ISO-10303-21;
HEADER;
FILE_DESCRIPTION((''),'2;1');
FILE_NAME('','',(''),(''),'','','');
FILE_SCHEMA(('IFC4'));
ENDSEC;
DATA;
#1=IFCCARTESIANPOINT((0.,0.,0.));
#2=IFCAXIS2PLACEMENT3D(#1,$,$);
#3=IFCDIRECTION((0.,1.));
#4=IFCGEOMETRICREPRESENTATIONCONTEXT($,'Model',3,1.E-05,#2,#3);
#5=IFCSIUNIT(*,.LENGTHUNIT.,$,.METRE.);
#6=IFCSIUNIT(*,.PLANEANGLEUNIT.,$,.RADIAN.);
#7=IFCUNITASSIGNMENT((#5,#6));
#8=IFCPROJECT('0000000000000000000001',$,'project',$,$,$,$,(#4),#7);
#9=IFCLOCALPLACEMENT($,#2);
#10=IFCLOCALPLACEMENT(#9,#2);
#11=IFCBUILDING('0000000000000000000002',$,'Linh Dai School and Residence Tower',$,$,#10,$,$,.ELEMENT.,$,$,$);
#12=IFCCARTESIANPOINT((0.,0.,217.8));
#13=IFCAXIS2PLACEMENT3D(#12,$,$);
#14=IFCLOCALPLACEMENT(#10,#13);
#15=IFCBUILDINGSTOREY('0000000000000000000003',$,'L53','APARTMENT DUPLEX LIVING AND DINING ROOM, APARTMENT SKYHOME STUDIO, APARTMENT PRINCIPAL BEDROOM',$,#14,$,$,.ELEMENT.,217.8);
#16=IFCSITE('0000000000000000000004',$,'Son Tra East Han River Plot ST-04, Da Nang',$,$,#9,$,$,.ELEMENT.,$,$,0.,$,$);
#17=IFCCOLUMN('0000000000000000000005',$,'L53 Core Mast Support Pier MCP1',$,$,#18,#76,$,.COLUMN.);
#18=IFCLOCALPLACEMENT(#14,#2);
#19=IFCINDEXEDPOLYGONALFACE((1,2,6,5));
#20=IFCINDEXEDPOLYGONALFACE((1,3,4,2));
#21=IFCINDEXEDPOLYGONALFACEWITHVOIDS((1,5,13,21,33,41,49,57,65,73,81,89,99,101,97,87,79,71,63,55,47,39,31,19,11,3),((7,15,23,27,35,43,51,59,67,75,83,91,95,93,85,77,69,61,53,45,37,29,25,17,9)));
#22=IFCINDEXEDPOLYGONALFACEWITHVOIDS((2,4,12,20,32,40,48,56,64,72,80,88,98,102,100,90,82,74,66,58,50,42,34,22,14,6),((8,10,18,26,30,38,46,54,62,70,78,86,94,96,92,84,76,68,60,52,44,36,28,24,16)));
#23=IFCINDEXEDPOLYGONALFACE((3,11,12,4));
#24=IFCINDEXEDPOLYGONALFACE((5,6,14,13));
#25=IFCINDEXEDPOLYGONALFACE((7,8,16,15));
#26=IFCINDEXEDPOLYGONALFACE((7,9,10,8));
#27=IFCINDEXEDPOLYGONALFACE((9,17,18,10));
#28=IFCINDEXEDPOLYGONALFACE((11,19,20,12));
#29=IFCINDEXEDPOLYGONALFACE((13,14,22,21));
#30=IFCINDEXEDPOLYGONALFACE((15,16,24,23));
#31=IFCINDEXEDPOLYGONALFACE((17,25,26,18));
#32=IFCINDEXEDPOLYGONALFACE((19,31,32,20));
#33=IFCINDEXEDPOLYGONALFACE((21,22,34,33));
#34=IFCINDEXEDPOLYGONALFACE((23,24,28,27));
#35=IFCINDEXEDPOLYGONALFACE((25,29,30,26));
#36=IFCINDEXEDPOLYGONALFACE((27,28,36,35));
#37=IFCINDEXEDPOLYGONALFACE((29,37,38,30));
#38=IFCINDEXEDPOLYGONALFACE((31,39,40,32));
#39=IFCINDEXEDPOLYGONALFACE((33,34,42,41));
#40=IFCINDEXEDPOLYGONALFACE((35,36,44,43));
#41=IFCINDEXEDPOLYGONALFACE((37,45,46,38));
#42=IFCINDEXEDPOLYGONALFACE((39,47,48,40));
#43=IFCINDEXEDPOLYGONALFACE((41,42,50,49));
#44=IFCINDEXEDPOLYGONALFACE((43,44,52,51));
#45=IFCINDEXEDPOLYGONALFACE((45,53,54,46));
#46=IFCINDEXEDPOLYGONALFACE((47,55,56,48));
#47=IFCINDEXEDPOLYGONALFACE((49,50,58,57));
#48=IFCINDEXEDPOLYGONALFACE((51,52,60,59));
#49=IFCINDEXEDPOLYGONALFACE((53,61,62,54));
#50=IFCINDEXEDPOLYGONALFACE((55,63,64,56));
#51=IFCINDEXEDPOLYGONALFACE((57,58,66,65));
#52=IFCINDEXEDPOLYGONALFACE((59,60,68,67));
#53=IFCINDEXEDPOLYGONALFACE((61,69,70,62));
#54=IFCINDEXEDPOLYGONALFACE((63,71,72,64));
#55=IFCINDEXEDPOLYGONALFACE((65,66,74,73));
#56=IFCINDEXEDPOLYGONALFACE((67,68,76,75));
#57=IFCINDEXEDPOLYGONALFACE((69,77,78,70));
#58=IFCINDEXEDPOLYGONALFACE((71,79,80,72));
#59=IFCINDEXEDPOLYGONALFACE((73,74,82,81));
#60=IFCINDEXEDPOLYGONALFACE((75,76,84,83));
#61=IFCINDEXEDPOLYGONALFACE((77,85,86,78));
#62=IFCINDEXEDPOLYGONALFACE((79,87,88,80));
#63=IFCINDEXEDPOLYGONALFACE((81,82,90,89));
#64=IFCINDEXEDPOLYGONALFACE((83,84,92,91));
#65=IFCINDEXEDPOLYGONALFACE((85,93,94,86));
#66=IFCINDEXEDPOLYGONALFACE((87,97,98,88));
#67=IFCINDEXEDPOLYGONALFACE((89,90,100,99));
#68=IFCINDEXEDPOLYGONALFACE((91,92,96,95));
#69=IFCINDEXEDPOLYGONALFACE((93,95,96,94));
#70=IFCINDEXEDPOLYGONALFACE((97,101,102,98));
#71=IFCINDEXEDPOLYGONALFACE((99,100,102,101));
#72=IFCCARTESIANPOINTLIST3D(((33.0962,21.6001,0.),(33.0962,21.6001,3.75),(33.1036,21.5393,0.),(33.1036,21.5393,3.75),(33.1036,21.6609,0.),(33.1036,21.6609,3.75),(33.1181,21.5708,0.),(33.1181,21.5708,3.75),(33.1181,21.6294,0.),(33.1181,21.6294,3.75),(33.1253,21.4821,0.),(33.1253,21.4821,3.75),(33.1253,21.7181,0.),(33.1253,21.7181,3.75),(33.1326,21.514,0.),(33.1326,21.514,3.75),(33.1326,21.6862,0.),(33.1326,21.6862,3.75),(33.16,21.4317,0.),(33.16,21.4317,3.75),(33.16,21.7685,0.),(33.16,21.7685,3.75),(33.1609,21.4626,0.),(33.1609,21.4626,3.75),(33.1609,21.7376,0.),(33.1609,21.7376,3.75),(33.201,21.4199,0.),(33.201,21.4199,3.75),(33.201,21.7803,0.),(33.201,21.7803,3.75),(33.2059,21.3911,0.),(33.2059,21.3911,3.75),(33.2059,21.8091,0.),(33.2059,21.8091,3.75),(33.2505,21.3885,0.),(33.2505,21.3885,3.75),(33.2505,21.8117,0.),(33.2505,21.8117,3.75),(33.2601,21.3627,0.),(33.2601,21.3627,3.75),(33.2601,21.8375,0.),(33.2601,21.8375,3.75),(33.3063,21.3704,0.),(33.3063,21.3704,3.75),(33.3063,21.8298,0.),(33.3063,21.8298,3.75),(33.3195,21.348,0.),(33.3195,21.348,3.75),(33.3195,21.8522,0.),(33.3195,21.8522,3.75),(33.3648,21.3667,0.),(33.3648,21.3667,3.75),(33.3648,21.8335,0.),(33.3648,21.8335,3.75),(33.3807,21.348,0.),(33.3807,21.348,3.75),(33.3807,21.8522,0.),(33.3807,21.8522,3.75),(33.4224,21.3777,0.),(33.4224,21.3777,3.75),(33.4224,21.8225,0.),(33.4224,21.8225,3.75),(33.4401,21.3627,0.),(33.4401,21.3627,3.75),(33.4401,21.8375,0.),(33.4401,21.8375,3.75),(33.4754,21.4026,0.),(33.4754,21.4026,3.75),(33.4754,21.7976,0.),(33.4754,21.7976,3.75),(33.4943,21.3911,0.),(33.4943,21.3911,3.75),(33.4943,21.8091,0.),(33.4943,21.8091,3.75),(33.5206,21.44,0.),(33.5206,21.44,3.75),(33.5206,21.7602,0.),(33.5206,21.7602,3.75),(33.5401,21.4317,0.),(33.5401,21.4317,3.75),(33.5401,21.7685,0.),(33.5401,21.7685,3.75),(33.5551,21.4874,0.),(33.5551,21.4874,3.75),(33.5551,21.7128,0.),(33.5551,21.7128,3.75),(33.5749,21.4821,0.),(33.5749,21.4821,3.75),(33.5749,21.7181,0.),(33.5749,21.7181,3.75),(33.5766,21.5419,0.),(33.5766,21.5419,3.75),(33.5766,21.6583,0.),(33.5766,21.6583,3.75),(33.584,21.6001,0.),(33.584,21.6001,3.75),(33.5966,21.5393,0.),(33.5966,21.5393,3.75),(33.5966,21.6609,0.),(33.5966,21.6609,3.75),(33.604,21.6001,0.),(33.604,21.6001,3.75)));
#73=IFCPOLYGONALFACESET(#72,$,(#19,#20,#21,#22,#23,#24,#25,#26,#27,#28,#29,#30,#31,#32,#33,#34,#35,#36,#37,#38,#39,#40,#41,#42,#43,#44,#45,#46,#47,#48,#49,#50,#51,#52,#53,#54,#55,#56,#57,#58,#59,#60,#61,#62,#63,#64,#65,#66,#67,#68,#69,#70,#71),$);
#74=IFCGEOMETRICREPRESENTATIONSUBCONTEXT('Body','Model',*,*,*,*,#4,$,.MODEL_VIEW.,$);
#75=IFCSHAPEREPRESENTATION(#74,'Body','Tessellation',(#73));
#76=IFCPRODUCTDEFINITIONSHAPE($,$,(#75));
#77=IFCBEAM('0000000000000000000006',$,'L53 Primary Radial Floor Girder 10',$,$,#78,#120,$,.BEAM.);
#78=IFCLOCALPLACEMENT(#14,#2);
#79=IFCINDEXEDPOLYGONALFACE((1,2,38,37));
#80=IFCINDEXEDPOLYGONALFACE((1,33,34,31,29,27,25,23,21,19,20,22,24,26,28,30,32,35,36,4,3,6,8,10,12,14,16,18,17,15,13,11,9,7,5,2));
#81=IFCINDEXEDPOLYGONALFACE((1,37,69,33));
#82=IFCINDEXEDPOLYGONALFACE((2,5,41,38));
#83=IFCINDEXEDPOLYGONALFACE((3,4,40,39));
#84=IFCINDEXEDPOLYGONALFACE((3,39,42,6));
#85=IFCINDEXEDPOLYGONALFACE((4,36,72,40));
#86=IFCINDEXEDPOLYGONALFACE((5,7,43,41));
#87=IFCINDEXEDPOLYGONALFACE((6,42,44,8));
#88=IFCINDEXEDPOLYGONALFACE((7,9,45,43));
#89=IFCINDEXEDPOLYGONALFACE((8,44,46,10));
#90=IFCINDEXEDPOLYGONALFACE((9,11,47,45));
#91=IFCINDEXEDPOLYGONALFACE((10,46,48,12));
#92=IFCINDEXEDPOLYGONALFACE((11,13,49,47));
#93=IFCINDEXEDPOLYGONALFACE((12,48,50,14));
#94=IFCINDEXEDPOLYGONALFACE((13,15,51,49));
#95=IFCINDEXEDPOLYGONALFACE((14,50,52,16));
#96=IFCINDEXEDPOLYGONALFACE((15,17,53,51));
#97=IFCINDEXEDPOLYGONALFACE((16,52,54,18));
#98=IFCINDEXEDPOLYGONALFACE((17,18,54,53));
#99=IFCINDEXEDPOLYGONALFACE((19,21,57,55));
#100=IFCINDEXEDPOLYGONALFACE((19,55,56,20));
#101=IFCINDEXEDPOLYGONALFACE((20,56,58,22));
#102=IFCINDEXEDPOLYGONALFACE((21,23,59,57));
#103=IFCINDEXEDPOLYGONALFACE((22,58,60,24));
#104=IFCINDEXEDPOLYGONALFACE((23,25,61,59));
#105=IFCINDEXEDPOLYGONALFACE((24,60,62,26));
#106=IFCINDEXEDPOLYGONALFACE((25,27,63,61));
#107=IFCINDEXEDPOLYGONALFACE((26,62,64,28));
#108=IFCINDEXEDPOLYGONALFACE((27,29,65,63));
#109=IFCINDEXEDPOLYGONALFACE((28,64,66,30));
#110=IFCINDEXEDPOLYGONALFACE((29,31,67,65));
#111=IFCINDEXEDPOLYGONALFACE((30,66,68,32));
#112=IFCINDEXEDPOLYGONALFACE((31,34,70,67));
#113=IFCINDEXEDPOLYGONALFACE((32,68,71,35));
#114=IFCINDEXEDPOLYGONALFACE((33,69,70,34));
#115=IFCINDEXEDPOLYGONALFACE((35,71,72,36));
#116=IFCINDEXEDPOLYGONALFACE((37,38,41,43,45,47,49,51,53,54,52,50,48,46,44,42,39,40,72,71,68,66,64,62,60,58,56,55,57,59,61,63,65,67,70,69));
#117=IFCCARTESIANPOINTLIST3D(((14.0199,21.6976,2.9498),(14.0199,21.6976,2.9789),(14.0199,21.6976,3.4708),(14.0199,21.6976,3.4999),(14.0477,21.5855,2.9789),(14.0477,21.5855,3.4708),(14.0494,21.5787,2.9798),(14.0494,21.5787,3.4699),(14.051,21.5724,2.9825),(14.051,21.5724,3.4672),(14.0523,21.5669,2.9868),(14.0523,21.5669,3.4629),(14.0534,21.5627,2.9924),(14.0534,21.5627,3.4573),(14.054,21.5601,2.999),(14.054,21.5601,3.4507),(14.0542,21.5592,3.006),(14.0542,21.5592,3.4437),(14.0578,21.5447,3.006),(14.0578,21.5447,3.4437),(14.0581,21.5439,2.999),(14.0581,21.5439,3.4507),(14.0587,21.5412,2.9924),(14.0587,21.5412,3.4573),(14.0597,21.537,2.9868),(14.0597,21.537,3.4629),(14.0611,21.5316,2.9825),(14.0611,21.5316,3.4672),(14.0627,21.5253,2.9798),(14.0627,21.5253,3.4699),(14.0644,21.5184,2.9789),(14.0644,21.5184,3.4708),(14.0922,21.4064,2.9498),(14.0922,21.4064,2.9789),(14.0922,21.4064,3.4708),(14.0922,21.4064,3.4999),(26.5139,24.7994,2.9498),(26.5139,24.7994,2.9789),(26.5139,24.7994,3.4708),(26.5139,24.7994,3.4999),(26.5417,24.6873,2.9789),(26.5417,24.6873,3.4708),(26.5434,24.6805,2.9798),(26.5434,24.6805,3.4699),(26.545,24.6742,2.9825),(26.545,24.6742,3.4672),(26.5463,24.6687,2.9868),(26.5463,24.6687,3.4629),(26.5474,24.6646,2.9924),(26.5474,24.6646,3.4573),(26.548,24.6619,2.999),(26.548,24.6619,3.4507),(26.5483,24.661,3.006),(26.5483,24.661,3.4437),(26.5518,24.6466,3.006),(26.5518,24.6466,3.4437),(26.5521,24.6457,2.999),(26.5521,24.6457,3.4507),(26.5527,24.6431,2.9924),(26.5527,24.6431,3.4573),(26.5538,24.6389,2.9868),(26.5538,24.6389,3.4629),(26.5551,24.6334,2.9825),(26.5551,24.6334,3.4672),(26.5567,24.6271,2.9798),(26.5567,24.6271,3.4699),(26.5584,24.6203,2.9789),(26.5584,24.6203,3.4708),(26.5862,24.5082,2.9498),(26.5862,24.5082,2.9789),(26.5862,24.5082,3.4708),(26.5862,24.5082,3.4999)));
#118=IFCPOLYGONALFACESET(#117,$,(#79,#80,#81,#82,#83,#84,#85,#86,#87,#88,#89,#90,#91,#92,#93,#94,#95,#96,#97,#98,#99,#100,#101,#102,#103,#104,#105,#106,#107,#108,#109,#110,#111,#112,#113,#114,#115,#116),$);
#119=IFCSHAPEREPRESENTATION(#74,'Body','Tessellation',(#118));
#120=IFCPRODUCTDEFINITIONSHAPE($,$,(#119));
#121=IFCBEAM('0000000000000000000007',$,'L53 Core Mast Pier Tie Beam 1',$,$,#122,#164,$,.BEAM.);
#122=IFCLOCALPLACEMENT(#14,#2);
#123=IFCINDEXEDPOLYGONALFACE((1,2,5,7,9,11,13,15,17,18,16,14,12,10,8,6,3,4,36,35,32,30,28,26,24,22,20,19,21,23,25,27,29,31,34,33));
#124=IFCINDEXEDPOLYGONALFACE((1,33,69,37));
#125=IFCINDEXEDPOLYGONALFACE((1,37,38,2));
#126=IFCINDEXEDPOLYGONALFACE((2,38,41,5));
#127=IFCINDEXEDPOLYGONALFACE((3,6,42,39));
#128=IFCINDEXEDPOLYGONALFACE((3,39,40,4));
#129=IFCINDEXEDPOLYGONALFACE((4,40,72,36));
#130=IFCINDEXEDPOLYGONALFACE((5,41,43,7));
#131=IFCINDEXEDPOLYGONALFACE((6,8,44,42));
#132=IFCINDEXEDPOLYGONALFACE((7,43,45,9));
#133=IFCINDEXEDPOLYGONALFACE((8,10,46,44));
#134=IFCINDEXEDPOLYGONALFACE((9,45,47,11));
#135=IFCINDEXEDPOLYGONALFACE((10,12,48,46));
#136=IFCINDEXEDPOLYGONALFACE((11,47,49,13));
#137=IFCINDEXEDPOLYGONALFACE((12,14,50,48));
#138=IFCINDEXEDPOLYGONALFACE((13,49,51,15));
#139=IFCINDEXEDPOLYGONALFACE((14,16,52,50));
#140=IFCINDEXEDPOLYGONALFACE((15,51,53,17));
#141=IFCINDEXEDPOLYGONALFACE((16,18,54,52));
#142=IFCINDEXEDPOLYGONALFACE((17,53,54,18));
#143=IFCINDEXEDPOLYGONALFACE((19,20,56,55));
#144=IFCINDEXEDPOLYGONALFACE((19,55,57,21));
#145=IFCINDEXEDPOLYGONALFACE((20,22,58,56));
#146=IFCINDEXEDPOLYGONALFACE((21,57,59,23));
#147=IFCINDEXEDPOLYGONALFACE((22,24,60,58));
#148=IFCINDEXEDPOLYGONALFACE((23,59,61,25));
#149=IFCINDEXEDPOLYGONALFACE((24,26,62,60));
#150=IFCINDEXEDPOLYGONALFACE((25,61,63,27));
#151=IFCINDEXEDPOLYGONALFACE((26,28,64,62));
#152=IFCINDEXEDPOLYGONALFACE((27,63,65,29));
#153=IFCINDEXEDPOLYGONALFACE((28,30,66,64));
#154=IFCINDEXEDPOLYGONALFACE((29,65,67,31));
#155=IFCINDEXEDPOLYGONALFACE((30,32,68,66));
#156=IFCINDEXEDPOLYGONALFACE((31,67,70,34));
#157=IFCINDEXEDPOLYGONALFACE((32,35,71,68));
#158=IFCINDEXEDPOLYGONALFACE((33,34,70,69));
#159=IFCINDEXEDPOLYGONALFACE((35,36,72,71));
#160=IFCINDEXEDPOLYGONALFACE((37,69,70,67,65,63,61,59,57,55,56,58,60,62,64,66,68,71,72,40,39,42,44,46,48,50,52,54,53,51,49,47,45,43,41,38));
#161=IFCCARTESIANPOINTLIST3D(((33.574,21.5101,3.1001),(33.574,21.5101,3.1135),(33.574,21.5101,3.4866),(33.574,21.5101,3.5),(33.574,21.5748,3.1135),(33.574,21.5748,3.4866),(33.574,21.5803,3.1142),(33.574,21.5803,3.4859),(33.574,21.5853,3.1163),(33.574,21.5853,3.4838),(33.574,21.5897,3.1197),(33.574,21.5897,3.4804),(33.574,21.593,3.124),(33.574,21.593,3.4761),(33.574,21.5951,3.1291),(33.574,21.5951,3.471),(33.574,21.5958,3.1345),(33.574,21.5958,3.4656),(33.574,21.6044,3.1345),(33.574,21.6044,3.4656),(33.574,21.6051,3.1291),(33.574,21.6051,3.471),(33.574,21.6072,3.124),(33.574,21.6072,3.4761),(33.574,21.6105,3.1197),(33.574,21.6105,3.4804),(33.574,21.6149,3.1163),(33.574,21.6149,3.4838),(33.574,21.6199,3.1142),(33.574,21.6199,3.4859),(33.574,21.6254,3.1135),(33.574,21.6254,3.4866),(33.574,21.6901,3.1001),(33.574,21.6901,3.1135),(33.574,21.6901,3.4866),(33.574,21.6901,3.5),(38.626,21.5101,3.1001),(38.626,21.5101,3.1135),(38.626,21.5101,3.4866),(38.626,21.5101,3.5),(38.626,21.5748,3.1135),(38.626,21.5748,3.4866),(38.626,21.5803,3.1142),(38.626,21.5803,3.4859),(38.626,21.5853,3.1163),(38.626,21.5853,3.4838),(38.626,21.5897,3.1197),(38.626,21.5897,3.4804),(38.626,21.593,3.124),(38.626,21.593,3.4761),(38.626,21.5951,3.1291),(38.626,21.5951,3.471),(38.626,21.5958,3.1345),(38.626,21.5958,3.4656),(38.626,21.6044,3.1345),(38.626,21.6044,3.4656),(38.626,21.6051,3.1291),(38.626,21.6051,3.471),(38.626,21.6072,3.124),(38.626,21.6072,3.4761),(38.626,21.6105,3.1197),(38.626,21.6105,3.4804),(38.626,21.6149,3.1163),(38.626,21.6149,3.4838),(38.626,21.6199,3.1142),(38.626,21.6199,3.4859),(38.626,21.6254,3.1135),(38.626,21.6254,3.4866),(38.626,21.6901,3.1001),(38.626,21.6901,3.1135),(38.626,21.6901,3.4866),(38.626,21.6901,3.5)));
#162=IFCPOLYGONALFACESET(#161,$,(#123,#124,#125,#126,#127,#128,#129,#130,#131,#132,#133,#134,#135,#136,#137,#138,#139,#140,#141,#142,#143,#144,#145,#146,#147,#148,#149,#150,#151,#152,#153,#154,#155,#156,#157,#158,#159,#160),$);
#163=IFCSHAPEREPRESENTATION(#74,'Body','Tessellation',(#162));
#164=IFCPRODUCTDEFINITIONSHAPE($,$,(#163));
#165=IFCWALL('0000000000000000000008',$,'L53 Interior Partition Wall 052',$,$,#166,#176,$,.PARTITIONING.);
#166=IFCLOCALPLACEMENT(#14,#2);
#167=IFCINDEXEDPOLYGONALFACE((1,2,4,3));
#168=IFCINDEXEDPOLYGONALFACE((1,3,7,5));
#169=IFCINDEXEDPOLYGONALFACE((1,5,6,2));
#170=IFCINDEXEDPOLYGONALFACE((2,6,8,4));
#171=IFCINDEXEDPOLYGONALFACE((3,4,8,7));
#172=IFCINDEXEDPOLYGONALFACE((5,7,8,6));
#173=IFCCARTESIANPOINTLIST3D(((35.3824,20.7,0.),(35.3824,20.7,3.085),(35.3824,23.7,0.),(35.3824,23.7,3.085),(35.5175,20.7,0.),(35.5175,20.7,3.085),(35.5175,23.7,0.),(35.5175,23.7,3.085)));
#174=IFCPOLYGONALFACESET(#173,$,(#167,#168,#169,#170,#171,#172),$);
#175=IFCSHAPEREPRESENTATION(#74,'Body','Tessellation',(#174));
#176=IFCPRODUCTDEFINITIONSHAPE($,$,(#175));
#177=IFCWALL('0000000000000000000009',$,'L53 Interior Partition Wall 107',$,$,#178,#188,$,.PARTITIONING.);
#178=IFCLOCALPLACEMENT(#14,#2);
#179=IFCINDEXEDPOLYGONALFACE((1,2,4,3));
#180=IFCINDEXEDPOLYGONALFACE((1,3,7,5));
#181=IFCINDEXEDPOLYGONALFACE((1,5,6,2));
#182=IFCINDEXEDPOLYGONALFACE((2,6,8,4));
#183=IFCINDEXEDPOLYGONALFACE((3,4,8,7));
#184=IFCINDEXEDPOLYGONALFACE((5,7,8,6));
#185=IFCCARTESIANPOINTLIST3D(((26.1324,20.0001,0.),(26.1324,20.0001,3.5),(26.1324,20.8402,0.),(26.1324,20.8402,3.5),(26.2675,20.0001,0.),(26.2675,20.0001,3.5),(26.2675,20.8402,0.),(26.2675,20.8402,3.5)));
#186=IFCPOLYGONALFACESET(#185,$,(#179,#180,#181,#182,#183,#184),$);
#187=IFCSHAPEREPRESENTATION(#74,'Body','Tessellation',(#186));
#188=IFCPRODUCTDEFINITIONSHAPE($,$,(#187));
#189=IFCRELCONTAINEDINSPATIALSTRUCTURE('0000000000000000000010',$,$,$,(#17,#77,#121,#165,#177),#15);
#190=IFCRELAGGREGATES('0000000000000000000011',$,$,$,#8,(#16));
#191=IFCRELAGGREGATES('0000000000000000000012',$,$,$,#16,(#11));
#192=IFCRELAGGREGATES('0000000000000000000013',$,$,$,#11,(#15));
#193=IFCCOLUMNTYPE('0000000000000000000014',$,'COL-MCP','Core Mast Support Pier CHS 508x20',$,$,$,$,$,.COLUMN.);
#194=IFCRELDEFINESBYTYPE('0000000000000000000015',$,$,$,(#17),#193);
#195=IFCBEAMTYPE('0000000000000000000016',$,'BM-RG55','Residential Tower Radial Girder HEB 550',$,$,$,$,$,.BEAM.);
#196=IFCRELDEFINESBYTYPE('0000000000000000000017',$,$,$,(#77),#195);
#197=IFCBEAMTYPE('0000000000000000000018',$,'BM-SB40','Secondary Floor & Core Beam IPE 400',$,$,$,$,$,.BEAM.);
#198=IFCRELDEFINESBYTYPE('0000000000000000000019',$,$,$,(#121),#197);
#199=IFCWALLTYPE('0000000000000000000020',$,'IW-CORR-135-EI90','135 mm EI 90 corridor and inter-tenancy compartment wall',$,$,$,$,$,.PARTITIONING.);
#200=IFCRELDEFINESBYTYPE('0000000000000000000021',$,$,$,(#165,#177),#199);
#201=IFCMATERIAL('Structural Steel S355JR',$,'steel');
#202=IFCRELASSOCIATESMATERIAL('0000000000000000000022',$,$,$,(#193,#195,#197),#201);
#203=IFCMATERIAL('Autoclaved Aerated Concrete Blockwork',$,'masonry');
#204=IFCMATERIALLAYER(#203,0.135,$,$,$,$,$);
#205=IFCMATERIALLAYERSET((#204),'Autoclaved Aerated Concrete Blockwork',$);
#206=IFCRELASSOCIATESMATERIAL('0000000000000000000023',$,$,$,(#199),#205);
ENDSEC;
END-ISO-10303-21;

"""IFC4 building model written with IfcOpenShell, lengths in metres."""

from ifc_helpers import new_model, si_unit, direction, frame, frame_2d, origin, origin_2d, place, context, subcontext, project, spatial, rectangle, hollow_circle, i_section, extrude, material, layer, layer_set, material_profile, profile_set, type_object, element, save


model = new_model("IFC4")

# Units and contexts
model_context = context("Model", 3, precision=1e-05, world=origin(), true_north=direction((0.0, 1.0)))
body_context = subcontext(model_context, "Body", "Model", "MODEL_VIEW")
ifc_project = project(units=[si_unit("LENGTHUNIT", "METRE"), si_unit("PLANEANGLEUNIT", "RADIAN")], contexts=[model_context])

# Site, building, storey
site_placement = place(None, origin())
site = spatial("IfcSite", under=ifc_project, at=site_placement, Name="Son Tra East Han River Plot ST-04, Da Nang", CompositionType="ELEMENT", RefElevation=0.0)
building_placement = place(site_placement, origin())
building = spatial("IfcBuilding", under=site, at=building_placement, Name="Linh Dai School and Residence Tower", CompositionType="ELEMENT")
storey_placement = place(building_placement, frame((0.0, 0.0, 217.8)))
storey = spatial("IfcBuildingStorey", under=building, at=storey_placement, Name="L53", Description="APARTMENT DUPLEX LIVING AND DINING ROOM, APARTMENT SKYHOME STUDIO, APARTMENT PRINCIPAL BEDROOM", CompositionType="ELEMENT", Elevation=217.8)

# Column
ifc_material_1 = material(Name="Structural Steel S355JR", Category="steel")
ifc_material_profile_1 = material_profile(ifc_material_1, hollow_circle(Radius=0.2539, WallThickness=0.02, at=origin_2d()), Name="CHS 508x20")
ifc_profile_set_1 = profile_set([ifc_material_profile_1], Name="Structural Steel S355JR")
column_type_1 = type_object("IfcColumnType", Name="COL-MCP", Description="Core Mast Support Pier CHS 508x20", PredefinedType="COLUMN", material=ifc_profile_set_1)
column_placement = place(storey_placement, frame((33.3501, 21.6001, 0.0), z_axis=(0.0, 0.0, 1.0), x_axis=(1.0, 0.0, 0.0)))
element("IfcColumn", 1, at=column_placement, inside=storey, type_object=column_type_1, Name="L53 Core Mast Support Pier MCP1", PredefinedType="COLUMN", context=body_context, shape_type="SweptSolid", body=[
    extrude(hollow_circle(Radius=0.2539, WallThickness=0.02, at=origin_2d()), origin(), (0.0, 0.0, 1.0), 3.75),
])

# Beams
ifc_material_profile_2 = material_profile(ifc_material_1, i_section(OverallWidth=0.3, OverallDepth=0.55, WebThickness=0.0149, FlangeThickness=0.0291, FilletRadius=0.0271, at=origin_2d()), Name="HEB 550")
ifc_profile_set_2 = profile_set([ifc_material_profile_2], Name="Structural Steel S355JR")
beam_type_1 = type_object("IfcBeamType", Name="BM-RG55", Description="Residential Tower Radial Girder HEB 550", PredefinedType="BEAM", material=ifc_profile_set_2)
beam_1_placement = place(storey_placement, frame((26.55, 24.6538, 3.2249), z_axis=(-0.970537, -0.240951, 0.0), x_axis=(0.240951, -0.970537, 0.0)))
element("IfcBeam", 2, at=beam_1_placement, inside=storey, type_object=beam_type_1, Name="L53 Primary Radial Floor Girder 10", PredefinedType="BEAM", context=body_context, shape_type="SweptSolid", body=[
    extrude(i_section(OverallWidth=0.3, OverallDepth=0.55, WebThickness=0.0149, FlangeThickness=0.0291, FilletRadius=0.0271, at=origin_2d()), origin(), (0.0, 0.0, 1.0), 12.8733),
])
ifc_material_profile_3 = material_profile(ifc_material_1, i_section(OverallWidth=0.1799, OverallDepth=0.3999, WebThickness=0.0085, FlangeThickness=0.0134, FilletRadius=0.021, at=origin_2d()), Name="IPE 400")
ifc_profile_set_3 = profile_set([ifc_material_profile_3], Name="Structural Steel S355JR")
beam_type_2 = type_object("IfcBeamType", Name="BM-SB40", Description="Secondary Floor & Core Beam IPE 400", PredefinedType="BEAM", material=ifc_profile_set_3)
beam_2_placement = place(storey_placement, frame((33.574, 21.6001, 3.3), z_axis=(1.0, 0.0, 0.0), x_axis=(0.0, 1.0, 0.0)))
element("IfcBeam", 3, at=beam_2_placement, inside=storey, type_object=beam_type_2, Name="L53 Core Mast Pier Tie Beam 1", PredefinedType="BEAM", context=body_context, shape_type="SweptSolid", body=[
    extrude(i_section(OverallWidth=0.1799, OverallDepth=0.3999, WebThickness=0.0085, FlangeThickness=0.0134, FilletRadius=0.021, at=origin_2d()), origin(), (0.0, 0.0, 1.0), 5.052),
])

# Wall
ifc_material_2 = material(Name="Autoclaved Aerated Concrete Blockwork", Category="masonry")
ifc_layer_1 = layer(ifc_material_2, 0.135)
ifc_layer_set_1 = layer_set([ifc_layer_1], Name="Autoclaved Aerated Concrete Blockwork")
wall_type_1 = type_object("IfcWallType", Name="IW-CORR-135-EI90", Description="135 mm EI 90 corridor and inter-tenancy compartment wall", PredefinedType="PARTITIONING", material=ifc_layer_set_1)
wall_1_placement = place(storey_placement, frame((35.45, 20.7, 0.0), z_axis=(0.0, 0.0, 1.0), x_axis=(0.0, 1.0, 0.0)))
element("IfcWall", 4, at=wall_1_placement, inside=storey, type_object=wall_type_1, Name="L53 Interior Partition Wall 052", PredefinedType="PARTITIONING", context=body_context, shape_type="SweptSolid", body=[
    extrude(rectangle(XDim=3.0, YDim=0.135, at=frame_2d((1.5, 0.0))), origin(), (0.0, 0.0, 1.0), 3.085),
])

# Wall
wall_2_placement = place(storey_placement, frame((26.2, 20.8401, 0.0), z_axis=(0.0, 0.0, 1.0), x_axis=(0.0, -1.0, 0.0)))
element("IfcWall", 5, at=wall_2_placement, inside=storey, type_object=wall_type_1, Name="L53 Interior Partition Wall 107", PredefinedType="PARTITIONING", context=body_context, shape_type="SweptSolid", body=[
    extrude(rectangle(XDim=0.8401, YDim=0.135, at=frame_2d((0.4199, 0.0))), origin(), (0.0, 0.0, 1.0), 3.5),
])

save(model, "model.ifc")
